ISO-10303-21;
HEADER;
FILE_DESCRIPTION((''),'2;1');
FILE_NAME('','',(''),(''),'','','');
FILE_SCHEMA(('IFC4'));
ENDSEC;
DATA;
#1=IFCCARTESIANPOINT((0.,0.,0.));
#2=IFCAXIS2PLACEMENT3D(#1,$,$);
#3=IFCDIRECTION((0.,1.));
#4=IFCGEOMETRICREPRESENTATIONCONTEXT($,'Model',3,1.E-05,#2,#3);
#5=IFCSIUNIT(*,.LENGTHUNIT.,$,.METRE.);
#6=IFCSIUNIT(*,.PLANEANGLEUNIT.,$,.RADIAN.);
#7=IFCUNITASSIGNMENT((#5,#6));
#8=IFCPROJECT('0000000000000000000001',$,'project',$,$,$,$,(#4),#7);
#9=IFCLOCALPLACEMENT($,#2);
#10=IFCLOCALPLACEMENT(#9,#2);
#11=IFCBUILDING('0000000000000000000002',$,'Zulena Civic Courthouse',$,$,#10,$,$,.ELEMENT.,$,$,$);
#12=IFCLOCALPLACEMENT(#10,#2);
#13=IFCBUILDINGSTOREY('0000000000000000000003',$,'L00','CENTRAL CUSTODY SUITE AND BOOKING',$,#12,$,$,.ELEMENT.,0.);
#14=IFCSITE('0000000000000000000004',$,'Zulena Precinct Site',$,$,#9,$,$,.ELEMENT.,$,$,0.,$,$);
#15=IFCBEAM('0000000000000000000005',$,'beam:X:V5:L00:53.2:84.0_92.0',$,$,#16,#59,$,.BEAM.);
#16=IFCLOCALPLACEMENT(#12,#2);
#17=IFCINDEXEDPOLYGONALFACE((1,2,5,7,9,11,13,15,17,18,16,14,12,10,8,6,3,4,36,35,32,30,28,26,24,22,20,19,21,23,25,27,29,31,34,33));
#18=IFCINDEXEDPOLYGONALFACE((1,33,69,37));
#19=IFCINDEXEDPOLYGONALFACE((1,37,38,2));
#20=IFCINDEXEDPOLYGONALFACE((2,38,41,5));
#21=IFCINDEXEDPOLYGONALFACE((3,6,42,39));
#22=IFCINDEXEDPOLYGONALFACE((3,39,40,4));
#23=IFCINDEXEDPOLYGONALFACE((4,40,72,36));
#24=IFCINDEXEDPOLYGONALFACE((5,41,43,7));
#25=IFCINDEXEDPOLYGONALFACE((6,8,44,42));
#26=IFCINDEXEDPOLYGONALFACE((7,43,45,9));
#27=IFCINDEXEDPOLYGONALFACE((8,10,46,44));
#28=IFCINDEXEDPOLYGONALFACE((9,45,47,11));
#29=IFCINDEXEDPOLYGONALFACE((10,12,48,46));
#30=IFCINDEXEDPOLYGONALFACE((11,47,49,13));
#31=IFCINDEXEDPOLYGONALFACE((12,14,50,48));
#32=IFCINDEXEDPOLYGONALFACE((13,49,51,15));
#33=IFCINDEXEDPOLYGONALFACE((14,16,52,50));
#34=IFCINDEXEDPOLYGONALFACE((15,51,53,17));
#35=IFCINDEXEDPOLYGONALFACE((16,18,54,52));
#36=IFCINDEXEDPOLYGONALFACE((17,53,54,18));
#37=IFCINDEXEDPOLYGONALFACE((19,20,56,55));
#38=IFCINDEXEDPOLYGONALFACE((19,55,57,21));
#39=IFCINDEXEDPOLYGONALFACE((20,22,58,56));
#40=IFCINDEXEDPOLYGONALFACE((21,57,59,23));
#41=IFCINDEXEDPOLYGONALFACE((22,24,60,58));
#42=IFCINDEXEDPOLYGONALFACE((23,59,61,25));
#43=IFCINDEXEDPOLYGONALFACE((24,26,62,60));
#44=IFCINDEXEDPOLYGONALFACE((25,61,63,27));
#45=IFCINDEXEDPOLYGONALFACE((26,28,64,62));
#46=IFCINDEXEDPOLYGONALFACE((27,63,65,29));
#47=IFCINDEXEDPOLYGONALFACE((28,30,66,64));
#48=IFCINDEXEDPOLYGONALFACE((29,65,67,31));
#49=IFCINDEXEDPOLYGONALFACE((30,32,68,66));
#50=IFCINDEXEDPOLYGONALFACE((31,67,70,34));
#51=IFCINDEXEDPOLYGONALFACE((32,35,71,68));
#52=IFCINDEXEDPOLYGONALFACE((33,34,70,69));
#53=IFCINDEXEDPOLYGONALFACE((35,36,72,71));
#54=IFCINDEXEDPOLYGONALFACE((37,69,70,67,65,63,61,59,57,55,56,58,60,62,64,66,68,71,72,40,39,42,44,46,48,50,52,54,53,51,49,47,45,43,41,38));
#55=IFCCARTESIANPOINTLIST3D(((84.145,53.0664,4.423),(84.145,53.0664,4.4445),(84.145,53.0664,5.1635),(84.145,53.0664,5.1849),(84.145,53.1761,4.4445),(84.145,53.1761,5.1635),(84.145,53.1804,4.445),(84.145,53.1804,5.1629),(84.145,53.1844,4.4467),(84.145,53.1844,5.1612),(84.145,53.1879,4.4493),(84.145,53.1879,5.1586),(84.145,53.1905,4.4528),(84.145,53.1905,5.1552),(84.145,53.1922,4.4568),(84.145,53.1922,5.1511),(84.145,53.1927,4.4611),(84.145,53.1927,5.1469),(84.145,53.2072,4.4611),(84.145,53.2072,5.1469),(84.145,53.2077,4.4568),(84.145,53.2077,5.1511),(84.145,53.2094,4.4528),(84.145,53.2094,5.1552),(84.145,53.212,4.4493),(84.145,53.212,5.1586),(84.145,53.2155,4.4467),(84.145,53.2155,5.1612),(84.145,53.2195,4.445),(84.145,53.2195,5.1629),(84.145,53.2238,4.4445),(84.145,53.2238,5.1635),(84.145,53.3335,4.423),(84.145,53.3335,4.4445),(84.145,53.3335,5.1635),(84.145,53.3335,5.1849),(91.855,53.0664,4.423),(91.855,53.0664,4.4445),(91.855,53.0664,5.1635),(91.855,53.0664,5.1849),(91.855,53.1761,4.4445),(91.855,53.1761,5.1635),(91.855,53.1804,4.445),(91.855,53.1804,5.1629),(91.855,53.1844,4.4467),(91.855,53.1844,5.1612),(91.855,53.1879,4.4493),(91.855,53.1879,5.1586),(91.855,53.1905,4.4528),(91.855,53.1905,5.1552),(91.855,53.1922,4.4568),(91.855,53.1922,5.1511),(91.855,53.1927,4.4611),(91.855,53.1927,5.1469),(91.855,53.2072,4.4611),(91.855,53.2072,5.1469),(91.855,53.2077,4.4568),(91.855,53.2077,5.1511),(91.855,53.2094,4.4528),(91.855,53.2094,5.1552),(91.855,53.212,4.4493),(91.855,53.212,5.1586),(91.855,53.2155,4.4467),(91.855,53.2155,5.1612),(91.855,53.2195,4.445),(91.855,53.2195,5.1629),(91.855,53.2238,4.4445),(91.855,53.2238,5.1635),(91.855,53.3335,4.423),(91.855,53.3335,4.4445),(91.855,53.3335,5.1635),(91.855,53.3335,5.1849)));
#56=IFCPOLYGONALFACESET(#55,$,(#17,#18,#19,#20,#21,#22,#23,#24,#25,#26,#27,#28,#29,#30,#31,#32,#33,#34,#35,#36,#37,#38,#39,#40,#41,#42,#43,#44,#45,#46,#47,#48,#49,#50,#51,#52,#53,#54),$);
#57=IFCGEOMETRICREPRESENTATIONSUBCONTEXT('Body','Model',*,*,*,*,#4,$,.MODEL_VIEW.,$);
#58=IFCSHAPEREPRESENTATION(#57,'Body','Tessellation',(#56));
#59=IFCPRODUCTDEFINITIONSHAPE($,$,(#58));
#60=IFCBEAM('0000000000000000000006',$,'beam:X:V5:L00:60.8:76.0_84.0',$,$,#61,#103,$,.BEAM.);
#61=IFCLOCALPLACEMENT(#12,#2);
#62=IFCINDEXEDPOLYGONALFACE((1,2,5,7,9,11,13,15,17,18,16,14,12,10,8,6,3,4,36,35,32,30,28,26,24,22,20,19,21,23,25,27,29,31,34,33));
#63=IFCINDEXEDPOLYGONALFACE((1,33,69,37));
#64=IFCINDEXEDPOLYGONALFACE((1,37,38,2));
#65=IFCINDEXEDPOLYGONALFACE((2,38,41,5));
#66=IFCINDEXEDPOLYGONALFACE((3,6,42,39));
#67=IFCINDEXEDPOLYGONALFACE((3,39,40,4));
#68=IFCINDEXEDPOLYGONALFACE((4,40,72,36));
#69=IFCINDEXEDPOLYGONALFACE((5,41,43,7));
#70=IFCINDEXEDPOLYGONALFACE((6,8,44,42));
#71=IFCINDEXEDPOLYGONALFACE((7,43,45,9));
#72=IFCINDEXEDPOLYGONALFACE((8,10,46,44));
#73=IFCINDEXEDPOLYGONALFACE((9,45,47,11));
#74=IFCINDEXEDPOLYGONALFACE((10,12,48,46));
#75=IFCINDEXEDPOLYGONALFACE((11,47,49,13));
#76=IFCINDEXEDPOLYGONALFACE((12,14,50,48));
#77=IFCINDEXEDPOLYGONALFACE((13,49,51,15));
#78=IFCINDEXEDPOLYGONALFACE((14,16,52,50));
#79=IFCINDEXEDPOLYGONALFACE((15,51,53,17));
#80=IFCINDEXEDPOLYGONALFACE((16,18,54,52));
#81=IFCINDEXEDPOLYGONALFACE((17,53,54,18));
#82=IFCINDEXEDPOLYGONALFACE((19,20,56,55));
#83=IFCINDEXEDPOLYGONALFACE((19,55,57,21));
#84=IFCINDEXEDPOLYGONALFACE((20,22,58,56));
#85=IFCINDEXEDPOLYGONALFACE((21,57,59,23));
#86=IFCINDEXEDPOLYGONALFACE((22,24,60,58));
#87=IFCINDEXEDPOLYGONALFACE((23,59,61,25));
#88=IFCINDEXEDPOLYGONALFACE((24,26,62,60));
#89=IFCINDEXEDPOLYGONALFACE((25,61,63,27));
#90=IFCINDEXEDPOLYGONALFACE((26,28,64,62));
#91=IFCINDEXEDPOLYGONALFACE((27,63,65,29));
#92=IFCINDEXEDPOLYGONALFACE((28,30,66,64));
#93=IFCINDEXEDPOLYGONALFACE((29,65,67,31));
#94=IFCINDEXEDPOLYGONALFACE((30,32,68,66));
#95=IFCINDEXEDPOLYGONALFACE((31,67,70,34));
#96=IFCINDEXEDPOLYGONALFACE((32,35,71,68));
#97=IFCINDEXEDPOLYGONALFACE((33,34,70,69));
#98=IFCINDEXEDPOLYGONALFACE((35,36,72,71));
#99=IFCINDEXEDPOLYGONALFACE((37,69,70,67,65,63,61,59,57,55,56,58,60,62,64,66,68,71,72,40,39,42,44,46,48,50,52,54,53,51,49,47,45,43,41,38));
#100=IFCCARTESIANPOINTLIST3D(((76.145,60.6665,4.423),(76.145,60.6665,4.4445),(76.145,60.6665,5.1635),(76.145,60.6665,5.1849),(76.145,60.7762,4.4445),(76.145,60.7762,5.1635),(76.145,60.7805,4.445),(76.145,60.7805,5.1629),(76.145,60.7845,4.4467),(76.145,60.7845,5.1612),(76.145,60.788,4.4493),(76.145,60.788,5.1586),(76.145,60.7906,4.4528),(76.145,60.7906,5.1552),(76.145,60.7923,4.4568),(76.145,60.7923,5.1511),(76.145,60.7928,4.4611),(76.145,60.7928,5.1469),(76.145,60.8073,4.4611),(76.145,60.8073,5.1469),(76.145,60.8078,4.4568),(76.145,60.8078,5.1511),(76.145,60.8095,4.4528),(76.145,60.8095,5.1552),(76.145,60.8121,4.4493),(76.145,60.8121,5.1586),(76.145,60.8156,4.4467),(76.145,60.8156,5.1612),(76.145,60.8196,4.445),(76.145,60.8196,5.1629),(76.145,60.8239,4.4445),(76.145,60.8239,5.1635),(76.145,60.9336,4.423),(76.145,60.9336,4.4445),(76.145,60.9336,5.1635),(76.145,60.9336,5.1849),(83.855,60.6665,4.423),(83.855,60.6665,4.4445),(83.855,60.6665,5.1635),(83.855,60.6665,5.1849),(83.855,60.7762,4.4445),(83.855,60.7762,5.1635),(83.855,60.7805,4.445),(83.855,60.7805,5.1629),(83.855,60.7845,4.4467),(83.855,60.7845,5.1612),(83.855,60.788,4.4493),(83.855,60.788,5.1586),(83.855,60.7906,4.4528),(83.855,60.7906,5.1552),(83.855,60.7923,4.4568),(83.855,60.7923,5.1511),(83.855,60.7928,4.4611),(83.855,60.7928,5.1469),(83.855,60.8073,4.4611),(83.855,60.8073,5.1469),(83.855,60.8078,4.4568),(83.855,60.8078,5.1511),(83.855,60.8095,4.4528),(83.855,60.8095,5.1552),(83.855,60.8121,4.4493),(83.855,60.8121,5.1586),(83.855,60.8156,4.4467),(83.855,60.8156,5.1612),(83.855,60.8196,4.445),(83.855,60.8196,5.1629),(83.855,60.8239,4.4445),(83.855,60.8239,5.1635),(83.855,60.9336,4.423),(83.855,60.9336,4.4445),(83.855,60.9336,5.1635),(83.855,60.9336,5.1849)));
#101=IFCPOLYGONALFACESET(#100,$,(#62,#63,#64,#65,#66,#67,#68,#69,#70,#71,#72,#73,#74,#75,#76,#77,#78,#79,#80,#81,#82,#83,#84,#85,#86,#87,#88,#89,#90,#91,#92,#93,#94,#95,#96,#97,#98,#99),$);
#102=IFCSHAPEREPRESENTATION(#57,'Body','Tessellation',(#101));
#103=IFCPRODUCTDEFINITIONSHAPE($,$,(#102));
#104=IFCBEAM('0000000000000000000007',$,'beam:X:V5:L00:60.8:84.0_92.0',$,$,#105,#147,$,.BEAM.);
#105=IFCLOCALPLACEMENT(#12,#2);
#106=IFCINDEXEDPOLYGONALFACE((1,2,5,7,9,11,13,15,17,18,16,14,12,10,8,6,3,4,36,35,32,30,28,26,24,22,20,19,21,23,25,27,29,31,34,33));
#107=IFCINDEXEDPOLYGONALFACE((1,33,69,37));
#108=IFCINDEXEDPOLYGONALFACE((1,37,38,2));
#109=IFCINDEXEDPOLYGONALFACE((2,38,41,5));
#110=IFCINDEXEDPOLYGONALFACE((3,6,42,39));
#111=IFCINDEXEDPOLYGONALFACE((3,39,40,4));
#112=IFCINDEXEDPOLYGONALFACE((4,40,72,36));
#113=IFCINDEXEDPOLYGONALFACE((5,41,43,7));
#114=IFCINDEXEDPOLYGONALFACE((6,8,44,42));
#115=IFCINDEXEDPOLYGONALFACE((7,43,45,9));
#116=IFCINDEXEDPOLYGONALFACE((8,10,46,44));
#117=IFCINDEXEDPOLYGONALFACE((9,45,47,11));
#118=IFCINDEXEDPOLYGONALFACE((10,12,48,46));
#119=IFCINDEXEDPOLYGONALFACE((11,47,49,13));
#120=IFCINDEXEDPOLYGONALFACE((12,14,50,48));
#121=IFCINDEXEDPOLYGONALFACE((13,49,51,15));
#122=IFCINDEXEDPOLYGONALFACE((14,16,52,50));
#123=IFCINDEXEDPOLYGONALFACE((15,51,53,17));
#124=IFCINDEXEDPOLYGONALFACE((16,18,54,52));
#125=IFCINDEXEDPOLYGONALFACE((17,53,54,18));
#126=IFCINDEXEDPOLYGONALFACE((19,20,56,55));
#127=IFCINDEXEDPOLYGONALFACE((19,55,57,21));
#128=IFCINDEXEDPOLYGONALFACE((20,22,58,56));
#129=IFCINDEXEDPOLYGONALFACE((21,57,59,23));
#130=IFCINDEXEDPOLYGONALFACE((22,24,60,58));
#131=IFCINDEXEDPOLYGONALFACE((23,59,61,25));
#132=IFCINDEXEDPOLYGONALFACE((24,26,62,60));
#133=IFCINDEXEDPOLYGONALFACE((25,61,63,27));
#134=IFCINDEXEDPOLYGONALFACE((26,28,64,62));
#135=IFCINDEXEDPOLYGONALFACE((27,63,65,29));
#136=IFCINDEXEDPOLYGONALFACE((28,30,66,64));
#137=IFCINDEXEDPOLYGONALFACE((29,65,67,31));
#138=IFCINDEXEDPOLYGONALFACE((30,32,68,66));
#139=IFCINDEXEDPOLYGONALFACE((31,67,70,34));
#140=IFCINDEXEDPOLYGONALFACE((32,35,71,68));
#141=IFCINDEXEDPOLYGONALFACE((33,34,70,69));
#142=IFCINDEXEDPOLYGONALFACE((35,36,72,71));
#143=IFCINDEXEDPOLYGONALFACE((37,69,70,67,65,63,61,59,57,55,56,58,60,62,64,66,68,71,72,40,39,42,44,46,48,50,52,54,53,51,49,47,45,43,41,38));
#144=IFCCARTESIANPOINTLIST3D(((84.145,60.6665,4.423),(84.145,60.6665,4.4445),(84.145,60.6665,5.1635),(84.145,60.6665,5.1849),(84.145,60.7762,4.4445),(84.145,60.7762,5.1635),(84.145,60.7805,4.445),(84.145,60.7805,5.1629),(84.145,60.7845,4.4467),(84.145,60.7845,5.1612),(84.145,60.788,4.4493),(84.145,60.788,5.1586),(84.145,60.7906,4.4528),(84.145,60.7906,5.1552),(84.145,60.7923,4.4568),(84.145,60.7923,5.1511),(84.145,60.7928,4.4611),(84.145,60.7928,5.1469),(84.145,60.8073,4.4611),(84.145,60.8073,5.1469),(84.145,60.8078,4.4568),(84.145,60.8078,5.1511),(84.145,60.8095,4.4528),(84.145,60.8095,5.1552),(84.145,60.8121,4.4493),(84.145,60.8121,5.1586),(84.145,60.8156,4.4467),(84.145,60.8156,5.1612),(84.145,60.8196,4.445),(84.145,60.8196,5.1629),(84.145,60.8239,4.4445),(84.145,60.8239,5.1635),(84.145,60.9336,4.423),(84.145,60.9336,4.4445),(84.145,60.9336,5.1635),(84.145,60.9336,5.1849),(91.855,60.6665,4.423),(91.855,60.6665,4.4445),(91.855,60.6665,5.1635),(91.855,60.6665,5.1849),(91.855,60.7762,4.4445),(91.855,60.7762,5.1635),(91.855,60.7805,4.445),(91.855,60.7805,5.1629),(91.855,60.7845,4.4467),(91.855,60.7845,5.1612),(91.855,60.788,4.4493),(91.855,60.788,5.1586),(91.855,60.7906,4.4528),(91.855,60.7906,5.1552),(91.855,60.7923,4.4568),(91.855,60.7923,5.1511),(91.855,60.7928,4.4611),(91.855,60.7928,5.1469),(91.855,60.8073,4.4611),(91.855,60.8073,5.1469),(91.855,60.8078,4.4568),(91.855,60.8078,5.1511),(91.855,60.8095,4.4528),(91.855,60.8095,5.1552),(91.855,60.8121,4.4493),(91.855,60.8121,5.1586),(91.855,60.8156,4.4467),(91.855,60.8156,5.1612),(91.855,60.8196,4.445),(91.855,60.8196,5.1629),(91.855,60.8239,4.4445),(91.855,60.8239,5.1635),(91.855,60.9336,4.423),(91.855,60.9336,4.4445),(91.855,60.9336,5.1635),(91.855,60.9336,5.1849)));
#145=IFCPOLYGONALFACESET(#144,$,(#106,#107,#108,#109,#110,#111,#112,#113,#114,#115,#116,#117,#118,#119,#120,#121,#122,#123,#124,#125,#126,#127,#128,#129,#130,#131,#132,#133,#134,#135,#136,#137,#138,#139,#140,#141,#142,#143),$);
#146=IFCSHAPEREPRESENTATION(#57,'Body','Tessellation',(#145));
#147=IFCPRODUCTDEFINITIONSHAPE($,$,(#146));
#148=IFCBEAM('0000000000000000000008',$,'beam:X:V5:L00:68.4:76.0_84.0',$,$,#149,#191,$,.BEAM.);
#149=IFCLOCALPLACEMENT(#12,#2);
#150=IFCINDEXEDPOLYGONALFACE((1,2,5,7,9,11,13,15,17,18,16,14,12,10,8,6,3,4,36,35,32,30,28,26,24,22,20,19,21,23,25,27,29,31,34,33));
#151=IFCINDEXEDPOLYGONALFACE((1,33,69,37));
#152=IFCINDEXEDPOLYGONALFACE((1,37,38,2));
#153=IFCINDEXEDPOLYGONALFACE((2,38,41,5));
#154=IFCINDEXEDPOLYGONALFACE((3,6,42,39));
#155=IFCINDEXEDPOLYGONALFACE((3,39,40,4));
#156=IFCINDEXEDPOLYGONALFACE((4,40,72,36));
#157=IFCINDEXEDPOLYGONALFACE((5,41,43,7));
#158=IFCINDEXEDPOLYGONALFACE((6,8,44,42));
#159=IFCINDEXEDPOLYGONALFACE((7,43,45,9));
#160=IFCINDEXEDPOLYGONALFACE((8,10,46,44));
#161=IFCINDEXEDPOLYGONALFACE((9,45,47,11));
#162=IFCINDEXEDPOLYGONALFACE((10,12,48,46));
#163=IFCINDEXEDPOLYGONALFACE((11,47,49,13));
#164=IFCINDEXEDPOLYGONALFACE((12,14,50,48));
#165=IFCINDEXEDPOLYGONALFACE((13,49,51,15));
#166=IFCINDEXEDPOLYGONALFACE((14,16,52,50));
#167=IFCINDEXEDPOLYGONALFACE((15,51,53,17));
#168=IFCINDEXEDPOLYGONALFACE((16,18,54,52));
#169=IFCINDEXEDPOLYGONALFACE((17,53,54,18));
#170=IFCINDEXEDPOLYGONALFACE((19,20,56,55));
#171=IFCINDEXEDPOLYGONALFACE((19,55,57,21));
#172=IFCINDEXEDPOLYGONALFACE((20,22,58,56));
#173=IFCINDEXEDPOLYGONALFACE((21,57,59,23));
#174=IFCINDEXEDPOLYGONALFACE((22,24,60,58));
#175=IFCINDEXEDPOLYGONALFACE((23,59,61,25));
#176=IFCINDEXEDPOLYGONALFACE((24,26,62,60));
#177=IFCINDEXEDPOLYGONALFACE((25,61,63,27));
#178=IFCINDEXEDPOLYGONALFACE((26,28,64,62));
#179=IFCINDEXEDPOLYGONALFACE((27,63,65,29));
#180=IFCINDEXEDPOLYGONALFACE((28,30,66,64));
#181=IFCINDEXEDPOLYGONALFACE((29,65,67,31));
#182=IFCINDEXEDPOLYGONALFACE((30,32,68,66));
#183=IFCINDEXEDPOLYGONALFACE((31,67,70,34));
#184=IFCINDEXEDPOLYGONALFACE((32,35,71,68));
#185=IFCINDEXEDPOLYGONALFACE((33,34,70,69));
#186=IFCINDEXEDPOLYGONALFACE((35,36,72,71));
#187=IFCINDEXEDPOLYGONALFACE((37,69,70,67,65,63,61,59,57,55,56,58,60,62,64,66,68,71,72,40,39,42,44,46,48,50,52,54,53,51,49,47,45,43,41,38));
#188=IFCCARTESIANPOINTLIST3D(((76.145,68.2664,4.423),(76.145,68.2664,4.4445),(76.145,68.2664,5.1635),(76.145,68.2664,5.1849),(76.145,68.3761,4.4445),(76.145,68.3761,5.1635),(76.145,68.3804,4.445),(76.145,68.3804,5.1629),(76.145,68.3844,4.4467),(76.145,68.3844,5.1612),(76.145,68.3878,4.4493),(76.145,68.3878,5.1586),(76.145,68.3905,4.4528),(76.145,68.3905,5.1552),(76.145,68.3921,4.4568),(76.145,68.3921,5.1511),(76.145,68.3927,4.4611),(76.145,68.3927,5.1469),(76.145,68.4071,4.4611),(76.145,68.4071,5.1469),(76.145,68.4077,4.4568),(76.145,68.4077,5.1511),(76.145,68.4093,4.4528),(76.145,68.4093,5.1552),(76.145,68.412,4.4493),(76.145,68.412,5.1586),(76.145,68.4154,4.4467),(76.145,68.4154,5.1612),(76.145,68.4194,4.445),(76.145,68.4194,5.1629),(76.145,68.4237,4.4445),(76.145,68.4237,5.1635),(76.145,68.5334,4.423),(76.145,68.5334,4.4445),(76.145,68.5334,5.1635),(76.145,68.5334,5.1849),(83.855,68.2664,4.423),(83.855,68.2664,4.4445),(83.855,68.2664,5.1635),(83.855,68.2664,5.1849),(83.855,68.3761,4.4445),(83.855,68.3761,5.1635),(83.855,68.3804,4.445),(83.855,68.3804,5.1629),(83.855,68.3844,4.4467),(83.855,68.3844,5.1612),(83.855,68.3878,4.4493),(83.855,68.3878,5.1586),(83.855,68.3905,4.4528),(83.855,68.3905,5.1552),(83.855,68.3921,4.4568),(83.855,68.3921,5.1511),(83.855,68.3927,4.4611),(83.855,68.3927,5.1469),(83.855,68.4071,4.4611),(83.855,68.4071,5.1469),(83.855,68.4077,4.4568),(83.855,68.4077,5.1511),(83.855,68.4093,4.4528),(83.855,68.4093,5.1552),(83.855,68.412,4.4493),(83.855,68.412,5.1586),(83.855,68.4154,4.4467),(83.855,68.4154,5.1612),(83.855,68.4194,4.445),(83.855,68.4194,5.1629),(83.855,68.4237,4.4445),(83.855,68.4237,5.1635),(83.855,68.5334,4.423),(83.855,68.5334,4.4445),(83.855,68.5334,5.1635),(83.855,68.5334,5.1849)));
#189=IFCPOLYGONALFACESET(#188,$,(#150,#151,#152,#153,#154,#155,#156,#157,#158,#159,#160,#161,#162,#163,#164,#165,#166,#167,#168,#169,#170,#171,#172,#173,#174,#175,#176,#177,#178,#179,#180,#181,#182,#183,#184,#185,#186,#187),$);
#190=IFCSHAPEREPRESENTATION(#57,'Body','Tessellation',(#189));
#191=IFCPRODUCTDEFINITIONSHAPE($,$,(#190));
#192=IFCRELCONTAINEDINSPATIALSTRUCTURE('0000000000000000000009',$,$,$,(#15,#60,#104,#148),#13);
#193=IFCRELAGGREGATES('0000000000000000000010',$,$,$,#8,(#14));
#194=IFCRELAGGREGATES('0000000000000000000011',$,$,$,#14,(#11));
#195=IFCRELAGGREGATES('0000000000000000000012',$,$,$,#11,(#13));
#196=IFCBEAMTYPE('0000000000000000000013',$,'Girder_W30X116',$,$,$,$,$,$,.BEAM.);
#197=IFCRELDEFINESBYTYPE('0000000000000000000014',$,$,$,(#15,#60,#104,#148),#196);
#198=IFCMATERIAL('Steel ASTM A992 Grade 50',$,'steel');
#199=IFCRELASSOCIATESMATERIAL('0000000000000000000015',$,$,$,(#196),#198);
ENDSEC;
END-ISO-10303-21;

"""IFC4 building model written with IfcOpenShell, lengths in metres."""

from ifc_helpers import new_model, si_unit, direction, frame, origin, origin_2d, place, context, subcontext, project, spatial, i_section, extrude, material, material_profile, profile_set, type_object, element, save


model = new_model("IFC4")

# Units and contexts
model_context = context("Model", 3, precision=1e-05, world=origin(), true_north=direction((0.0, 1.0)))
body_context = subcontext(model_context, "Body", "Model", "MODEL_VIEW")
ifc_project = project(units=[si_unit("LENGTHUNIT", "METRE"), si_unit("PLANEANGLEUNIT", "RADIAN")], contexts=[model_context])

# Site, building, storey
site_placement = place(None, origin())
site = spatial("IfcSite", under=ifc_project, at=site_placement, Name="Zulena Precinct Site", CompositionType="ELEMENT", RefElevation=0.0)
building_placement = place(site_placement, origin())
building = spatial("IfcBuilding", under=site, at=building_placement, Name="Zulena Civic Courthouse", CompositionType="ELEMENT")
storey_placement = place(building_placement, origin())
storey = spatial("IfcBuildingStorey", under=building, at=storey_placement, Name="L00", Description="CENTRAL CUSTODY SUITE AND BOOKING", CompositionType="ELEMENT", Elevation=0.0)

# Shared definitions
ifc_material_1 = material(Name="Steel ASTM A992 Grade 50", Category="steel")

# Beams
ifc_material_profile_1 = material_profile(ifc_material_1, i_section(OverallWidth=0.2671, OverallDepth=0.762, WebThickness=0.0144, FlangeThickness=0.0215, FilletRadius=0.0166, at=origin_2d()), Name="W30X116")
ifc_profile_set_1 = profile_set([ifc_material_profile_1], Name="Steel ASTM A992 Grade 50")
beam_type_1 = type_object("IfcBeamType", Name="Girder_W30X116", PredefinedType="BEAM", material=ifc_profile_set_1)
for number, where, z_axis, x_axis, name in (
    (1, (84.145, 53.2, 4.804), (1.0, 0.0, 0.0), (0.0, 1.0, 0.0), "beam:X:V5:L00:53.2:84.0_92.0"),
    (2, (76.145, 60.8, 4.804), (1.0, 0.0, 0.0), (0.0, 1.0, 0.0), "beam:X:V5:L00:60.8:76.0_84.0"),
    (3, (84.145, 60.8, 4.804), (1.0, 0.0, 0.0), (0.0, 1.0, 0.0), "beam:X:V5:L00:60.8:84.0_92.0"),
    (4, (76.145, 68.3999, 4.804), (1.0, 0.0, 0.0), (0.0, 1.0, 0.0), "beam:X:V5:L00:68.4:76.0_84.0"),
):
    element("IfcBeam", number, at=place(storey_placement, frame(where, z_axis=z_axis, x_axis=x_axis)), inside=storey, type_object=beam_type_1, Name=name, PredefinedType="BEAM", context=body_context, shape_type="SweptSolid", body=[
        extrude(i_section(OverallWidth=0.2671, OverallDepth=0.762, WebThickness=0.0144, FlangeThickness=0.0215, FilletRadius=0.0166, at=origin_2d()), origin(), (0.0, 0.0, 1.0), 7.71),
    ])

save(model, "model.ifc")
